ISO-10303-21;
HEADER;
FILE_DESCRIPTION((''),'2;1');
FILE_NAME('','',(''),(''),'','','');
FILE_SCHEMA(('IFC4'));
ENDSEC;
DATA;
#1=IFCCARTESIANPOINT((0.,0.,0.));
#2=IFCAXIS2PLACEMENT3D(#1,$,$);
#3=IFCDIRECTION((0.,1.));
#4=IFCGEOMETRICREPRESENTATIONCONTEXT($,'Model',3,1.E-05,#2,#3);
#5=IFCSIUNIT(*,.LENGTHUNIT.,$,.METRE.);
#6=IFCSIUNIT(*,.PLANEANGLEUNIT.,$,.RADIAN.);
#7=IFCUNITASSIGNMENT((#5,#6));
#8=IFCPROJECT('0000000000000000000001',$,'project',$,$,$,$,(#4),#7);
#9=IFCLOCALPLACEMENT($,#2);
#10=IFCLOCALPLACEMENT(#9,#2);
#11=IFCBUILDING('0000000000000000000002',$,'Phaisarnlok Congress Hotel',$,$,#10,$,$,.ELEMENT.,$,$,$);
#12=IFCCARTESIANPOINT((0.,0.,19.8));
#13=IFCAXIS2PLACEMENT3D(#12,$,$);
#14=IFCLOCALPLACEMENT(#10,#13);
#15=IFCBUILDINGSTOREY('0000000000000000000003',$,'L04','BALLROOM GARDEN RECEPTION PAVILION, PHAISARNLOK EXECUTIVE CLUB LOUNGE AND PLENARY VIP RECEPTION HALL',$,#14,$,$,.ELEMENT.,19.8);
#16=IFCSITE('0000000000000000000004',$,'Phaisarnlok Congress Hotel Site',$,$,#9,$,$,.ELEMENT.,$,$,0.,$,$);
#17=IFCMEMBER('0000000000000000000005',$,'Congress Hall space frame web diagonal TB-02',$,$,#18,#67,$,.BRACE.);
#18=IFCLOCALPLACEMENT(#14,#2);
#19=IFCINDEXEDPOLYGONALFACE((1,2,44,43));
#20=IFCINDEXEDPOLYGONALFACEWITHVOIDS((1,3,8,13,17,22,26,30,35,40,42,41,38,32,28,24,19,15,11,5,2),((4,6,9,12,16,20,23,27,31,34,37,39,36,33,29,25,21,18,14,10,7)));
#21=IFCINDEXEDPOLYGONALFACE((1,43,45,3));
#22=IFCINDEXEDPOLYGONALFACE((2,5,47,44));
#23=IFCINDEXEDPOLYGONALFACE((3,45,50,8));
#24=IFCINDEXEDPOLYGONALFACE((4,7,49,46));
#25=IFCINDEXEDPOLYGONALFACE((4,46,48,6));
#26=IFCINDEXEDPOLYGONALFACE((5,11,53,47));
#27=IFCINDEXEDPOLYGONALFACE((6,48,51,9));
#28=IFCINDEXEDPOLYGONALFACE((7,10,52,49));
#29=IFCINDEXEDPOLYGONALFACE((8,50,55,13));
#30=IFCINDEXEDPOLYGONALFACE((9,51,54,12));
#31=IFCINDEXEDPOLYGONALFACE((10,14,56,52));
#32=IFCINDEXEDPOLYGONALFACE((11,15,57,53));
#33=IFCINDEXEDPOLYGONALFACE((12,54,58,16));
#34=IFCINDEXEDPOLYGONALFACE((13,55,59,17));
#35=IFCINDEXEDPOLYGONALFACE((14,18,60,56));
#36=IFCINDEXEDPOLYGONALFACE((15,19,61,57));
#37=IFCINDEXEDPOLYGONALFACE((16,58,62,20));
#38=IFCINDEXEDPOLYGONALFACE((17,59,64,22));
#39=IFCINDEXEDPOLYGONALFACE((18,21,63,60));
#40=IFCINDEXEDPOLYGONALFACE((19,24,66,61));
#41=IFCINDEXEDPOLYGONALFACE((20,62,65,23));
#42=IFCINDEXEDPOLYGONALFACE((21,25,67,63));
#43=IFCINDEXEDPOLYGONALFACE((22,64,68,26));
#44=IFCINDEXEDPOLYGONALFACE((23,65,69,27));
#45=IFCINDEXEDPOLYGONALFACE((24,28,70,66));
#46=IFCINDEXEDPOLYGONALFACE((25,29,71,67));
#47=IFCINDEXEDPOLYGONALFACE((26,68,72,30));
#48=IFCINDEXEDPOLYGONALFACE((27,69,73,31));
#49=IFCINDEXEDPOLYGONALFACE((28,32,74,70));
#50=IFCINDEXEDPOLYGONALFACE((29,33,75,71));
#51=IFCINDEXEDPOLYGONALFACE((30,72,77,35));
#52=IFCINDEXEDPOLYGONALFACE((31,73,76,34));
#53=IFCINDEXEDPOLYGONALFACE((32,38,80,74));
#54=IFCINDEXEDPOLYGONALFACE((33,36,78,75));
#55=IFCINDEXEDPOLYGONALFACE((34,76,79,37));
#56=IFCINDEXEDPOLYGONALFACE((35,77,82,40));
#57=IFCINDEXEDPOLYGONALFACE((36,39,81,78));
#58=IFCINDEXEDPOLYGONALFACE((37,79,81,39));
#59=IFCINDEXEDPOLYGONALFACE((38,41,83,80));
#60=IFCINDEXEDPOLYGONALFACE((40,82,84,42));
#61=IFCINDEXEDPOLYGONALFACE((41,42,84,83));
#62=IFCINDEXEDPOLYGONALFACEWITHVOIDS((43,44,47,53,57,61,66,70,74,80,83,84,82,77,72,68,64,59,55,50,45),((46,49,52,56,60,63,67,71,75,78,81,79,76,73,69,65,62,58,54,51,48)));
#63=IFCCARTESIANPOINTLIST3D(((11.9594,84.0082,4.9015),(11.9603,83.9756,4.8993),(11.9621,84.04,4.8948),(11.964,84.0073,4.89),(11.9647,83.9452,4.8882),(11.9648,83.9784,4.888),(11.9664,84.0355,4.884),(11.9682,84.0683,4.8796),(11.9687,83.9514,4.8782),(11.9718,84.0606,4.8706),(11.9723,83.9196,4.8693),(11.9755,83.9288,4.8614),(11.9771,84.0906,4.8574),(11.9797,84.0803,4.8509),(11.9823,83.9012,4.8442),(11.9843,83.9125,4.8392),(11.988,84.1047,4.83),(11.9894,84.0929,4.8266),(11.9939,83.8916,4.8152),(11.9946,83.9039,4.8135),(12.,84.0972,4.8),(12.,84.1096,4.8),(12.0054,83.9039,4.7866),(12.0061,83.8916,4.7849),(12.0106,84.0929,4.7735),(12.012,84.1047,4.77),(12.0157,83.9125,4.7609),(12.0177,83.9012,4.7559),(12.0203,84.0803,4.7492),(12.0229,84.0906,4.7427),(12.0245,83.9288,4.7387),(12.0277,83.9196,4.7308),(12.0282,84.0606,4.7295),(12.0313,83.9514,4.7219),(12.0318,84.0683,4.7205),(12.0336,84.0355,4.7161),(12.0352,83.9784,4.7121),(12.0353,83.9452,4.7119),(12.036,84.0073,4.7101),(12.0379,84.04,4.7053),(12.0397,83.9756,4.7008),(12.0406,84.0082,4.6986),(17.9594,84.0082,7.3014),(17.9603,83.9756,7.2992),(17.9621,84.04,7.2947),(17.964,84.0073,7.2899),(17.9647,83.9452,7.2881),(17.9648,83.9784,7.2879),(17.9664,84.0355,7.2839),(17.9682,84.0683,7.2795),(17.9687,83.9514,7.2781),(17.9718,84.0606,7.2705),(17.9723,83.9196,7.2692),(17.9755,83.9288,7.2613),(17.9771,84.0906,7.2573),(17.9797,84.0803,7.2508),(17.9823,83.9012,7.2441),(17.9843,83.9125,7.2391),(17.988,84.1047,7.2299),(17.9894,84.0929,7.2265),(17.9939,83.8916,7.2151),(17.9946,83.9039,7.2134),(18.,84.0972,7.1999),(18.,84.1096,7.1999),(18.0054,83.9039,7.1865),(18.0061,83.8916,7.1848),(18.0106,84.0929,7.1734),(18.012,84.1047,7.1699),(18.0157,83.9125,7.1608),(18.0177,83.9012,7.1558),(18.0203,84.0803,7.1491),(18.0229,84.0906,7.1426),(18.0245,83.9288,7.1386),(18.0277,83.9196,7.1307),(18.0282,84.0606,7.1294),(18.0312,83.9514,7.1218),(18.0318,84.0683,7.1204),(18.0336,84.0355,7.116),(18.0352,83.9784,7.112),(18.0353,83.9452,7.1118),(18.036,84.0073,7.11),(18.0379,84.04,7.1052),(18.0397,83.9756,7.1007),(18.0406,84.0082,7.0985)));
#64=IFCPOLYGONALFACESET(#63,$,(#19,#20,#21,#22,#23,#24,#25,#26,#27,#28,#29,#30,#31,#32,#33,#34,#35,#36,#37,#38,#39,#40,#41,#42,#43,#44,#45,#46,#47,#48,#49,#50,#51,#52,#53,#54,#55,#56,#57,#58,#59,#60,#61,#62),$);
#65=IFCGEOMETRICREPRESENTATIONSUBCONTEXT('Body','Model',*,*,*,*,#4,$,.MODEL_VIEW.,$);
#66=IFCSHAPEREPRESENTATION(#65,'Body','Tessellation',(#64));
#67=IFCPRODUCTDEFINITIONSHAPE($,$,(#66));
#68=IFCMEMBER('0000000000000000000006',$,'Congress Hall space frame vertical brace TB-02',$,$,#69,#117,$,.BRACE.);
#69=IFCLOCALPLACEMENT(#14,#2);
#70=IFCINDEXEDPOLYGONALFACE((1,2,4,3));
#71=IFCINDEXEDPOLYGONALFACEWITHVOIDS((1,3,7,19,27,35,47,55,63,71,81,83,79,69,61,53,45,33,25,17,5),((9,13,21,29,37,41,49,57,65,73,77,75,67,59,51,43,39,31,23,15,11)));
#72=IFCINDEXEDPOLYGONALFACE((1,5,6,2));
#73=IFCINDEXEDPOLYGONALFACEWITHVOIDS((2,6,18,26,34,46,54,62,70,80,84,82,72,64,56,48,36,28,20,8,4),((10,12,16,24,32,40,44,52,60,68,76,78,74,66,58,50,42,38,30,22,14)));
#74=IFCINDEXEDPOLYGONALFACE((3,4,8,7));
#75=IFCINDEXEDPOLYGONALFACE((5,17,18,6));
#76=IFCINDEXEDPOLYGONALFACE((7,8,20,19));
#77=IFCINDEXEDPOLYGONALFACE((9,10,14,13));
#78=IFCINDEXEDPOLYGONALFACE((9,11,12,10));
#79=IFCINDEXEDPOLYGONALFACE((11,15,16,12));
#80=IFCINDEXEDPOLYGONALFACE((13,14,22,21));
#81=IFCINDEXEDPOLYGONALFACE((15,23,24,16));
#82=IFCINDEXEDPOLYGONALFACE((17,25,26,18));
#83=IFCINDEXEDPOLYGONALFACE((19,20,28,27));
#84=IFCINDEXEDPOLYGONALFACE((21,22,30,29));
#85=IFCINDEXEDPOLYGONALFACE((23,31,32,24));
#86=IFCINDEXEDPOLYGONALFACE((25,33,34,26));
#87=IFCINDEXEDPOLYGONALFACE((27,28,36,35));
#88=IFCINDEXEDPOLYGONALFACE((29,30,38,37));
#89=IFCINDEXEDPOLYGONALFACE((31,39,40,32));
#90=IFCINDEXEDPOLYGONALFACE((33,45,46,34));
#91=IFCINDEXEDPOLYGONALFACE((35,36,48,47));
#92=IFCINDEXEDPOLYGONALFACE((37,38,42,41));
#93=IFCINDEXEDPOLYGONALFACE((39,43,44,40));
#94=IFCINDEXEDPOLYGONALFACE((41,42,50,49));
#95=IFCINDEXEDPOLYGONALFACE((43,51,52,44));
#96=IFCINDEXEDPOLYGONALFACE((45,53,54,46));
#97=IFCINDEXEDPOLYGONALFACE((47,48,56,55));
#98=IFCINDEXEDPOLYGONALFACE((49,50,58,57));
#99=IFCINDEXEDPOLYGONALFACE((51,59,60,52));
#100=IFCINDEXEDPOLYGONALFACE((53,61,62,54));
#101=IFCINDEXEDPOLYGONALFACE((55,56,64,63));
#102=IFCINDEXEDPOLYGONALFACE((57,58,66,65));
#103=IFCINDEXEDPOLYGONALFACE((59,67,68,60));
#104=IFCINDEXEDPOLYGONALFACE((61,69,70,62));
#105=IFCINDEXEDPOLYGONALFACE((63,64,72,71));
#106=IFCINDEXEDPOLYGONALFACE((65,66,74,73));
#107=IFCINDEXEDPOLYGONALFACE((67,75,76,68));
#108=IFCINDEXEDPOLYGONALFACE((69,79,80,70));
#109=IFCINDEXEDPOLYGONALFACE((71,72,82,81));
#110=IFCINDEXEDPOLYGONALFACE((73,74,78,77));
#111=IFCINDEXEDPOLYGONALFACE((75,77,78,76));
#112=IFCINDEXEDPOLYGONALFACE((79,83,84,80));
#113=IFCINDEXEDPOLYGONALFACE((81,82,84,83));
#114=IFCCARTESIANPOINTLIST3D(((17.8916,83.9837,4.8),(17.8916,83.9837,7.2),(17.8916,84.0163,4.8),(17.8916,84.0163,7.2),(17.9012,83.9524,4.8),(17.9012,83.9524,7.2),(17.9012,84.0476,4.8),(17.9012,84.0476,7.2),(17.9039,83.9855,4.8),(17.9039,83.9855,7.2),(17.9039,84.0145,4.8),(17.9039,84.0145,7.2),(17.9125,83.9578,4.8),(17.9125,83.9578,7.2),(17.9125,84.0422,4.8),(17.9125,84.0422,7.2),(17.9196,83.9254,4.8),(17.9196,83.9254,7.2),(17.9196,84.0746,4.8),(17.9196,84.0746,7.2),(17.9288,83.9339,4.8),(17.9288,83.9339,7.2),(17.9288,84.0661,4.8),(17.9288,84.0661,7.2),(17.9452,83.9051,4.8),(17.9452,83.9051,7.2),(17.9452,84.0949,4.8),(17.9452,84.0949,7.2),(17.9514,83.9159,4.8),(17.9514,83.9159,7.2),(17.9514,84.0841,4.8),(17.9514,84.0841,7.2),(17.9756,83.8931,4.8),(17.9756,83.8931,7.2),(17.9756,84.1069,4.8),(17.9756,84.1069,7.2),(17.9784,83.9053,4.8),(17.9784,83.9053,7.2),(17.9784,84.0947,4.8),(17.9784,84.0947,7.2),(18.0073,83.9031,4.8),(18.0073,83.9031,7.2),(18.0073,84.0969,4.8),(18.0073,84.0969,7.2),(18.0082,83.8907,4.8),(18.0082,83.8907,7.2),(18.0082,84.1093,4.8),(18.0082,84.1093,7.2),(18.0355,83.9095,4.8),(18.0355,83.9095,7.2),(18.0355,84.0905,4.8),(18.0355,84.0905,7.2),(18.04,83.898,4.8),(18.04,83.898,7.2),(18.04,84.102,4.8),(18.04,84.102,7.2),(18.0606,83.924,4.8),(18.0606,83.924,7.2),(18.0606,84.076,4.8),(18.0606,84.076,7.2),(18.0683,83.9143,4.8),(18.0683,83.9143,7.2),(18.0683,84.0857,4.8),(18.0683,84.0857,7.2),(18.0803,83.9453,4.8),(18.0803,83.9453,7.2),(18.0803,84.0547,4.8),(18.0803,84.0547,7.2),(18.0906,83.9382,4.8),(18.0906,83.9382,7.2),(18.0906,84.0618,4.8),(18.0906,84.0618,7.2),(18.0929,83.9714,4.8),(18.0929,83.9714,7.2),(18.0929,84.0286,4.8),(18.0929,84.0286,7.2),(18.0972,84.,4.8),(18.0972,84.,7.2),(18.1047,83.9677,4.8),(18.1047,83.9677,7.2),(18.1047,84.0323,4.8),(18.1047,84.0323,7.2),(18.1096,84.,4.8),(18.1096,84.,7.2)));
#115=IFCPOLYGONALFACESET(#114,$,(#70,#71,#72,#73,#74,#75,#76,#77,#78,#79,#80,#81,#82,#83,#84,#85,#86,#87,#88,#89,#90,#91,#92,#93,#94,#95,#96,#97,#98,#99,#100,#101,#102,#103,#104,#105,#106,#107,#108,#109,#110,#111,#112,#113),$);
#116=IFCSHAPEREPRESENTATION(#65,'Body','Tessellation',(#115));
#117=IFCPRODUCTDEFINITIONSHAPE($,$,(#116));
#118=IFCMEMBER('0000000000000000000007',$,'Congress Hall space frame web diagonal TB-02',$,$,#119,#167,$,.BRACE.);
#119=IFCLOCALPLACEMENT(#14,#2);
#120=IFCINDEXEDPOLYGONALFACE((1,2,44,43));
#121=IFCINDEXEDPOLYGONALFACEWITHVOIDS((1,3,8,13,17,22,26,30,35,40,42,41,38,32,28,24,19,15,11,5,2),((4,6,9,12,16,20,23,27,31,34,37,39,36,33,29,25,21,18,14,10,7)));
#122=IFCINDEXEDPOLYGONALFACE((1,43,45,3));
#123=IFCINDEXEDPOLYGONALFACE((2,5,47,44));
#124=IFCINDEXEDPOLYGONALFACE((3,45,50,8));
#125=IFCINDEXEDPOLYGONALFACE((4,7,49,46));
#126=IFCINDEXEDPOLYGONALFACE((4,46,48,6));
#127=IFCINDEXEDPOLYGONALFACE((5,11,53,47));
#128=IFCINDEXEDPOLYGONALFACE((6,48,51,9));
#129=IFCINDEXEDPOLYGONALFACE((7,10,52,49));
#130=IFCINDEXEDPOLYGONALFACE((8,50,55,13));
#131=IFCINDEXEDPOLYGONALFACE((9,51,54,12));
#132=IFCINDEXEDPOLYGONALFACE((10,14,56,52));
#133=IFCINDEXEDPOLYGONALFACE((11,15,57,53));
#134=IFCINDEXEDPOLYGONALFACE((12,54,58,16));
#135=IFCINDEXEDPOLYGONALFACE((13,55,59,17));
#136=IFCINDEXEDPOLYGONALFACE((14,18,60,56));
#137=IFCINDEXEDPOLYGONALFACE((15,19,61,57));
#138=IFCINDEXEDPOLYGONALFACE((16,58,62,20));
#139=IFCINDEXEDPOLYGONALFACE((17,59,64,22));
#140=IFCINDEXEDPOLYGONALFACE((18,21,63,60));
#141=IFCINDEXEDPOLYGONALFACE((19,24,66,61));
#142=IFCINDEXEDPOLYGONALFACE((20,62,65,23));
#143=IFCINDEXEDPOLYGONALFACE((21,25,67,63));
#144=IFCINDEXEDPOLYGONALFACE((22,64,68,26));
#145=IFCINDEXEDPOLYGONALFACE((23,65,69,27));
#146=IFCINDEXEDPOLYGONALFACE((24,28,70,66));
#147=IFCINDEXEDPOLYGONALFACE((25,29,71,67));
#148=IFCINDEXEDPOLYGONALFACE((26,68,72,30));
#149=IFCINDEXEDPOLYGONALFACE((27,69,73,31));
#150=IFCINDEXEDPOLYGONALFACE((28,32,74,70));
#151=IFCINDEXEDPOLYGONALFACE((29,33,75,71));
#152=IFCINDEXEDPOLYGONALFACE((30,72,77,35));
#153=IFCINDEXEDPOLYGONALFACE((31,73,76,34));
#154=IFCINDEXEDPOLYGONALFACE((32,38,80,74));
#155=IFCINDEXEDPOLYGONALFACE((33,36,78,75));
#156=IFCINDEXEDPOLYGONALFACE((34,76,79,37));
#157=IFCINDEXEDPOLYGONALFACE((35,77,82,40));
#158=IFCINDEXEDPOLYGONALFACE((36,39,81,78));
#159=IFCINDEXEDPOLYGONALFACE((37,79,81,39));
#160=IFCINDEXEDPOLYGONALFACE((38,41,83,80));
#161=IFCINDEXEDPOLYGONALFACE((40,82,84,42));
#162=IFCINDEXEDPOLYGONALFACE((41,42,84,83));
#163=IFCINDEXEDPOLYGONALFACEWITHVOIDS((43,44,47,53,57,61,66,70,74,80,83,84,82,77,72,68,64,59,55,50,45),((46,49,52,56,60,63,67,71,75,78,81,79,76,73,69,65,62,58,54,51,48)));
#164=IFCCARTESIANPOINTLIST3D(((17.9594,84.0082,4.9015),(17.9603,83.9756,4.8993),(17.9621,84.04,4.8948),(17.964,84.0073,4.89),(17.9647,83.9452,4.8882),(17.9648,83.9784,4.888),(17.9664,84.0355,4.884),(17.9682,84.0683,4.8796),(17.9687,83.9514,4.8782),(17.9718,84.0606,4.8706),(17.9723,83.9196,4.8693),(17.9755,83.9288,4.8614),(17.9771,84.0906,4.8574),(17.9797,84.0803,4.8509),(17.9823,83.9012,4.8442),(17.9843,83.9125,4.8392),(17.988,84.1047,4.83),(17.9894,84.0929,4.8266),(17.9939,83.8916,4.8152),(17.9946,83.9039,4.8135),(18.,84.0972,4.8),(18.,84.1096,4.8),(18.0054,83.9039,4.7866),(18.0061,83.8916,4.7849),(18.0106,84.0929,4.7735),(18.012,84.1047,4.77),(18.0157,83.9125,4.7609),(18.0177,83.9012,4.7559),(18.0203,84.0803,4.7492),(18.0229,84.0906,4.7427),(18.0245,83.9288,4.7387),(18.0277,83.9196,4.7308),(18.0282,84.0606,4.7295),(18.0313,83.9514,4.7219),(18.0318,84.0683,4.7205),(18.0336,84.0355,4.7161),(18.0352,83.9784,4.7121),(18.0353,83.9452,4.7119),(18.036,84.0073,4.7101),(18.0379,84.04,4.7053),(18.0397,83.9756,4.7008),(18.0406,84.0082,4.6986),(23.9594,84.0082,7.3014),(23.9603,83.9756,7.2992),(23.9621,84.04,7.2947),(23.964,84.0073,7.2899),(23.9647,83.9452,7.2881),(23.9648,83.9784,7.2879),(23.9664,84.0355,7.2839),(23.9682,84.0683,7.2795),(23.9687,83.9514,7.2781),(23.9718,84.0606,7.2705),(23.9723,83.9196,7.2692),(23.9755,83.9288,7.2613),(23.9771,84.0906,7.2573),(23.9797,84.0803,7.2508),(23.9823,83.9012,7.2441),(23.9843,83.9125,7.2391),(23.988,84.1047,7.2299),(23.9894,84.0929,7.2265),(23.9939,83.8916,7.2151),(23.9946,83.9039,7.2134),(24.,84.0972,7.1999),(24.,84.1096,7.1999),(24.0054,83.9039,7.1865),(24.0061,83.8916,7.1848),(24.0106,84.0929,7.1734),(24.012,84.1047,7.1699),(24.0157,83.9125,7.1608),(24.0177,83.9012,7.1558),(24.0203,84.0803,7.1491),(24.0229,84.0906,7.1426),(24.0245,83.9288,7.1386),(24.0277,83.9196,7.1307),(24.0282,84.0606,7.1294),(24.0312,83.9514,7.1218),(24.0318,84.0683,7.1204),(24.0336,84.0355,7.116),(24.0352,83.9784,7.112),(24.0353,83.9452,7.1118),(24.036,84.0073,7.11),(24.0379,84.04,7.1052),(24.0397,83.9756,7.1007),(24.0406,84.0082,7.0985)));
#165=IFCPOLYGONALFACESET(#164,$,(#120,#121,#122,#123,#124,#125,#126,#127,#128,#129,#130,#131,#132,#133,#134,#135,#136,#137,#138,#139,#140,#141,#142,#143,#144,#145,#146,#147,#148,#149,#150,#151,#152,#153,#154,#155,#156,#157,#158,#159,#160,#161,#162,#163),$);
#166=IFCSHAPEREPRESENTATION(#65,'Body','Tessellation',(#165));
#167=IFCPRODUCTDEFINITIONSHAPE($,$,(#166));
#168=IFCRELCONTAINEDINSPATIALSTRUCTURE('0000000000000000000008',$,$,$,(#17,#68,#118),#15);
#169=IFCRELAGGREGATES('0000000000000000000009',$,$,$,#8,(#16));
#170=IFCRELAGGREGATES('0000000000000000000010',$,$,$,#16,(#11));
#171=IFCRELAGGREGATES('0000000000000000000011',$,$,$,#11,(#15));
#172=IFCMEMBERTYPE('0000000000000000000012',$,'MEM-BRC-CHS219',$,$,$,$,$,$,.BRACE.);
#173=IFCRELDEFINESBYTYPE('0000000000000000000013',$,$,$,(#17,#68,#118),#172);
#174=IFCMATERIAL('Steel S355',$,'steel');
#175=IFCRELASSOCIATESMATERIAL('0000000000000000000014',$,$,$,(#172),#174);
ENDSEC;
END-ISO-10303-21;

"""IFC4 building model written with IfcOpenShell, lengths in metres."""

from ifc_helpers import new_model, si_unit, direction, frame, origin, origin_2d, place, context, subcontext, project, spatial, hollow_circle, extrude, material, material_profile, profile_set, type_object, element, save


model = new_model("IFC4")

# Units and contexts
model_context = context("Model", 3, precision=1e-05, world=origin(), true_north=direction((0.0, 1.0)))
body_context = subcontext(model_context, "Body", "Model", "MODEL_VIEW")
ifc_project = project(units=[si_unit("LENGTHUNIT", "METRE"), si_unit("PLANEANGLEUNIT", "RADIAN")], contexts=[model_context])

# Site, building, storey
site_placement = place(None, origin())
site = spatial("IfcSite", under=ifc_project, at=site_placement, Name="Phaisarnlok Congress Hotel Site", CompositionType="ELEMENT", RefElevation=0.0)
building_placement = place(site_placement, origin())
building = spatial("IfcBuilding", under=site, at=building_placement, Name="Phaisarnlok Congress Hotel", CompositionType="ELEMENT")
storey_placement = place(building_placement, frame((0.0, 0.0, 19.8)))
storey = spatial("IfcBuildingStorey", under=building, at=storey_placement, Name="L04", Description="BALLROOM GARDEN RECEPTION PAVILION, PHAISARNLOK EXECUTIVE CLUB LOUNGE AND PLENARY VIP RECEPTION HALL", CompositionType="ELEMENT", Elevation=19.8)

# Members
ifc_material_1 = material(Name="Steel S355", Category="steel")
ifc_material_profile_1 = material_profile(ifc_material_1, hollow_circle(Radius=0.1096, WallThickness=0.0125, at=origin_2d()), Name="CHS 219.1x12.5")
ifc_profile_set_1 = profile_set([ifc_material_profile_1], Name="Steel S355")
member_type_1 = type_object("IfcMemberType", Name="MEM-BRC-CHS219", PredefinedType="BRACE", material=ifc_profile_set_1)
member_1_placement = place(storey_placement, frame((12.0, 84.0, 4.8), z_axis=(0.928482, 0.0, 0.371378), x_axis=(0.0, 1.0, 0.0)))
element("IfcMember", 1, at=member_1_placement, inside=storey, type_object=member_type_1, Name="Congress Hall space frame web diagonal TB-02", PredefinedType="BRACE", context=body_context, shape_type="SweptSolid", body=[
    extrude(hollow_circle(Radius=0.1096, WallThickness=0.0125, at=origin_2d()), origin(), (0.0, 0.0, 1.0), 6.4622),
])
member_2_placement = place(storey_placement, frame((18.0, 84.0, 4.8), z_axis=(0.0, 0.0, 1.0), x_axis=(1.0, 0.0, 0.0)))
element("IfcMember", 2, at=member_2_placement, inside=storey, type_object=member_type_1, Name="Congress Hall space frame vertical brace TB-02", PredefinedType="BRACE", context=body_context, shape_type="SweptSolid", body=[
    extrude(hollow_circle(Radius=0.1096, WallThickness=0.0125, at=origin_2d()), origin(), (0.0, 0.0, 1.0), 2.3999),
])
member_3_placement = place(storey_placement, frame((18.0, 84.0, 4.8), z_axis=(0.928482, 0.0, 0.371378), x_axis=(0.0, 1.0, 0.0)))
element("IfcMember", 3, at=member_3_placement, inside=storey, type_object=member_type_1, Name="Congress Hall space frame web diagonal TB-02", PredefinedType="BRACE", context=body_context, shape_type="SweptSolid", body=[
    extrude(hollow_circle(Radius=0.1096, WallThickness=0.0125, at=origin_2d()), origin(), (0.0, 0.0, 1.0), 6.4622),
])

save(model, "model.ifc")
